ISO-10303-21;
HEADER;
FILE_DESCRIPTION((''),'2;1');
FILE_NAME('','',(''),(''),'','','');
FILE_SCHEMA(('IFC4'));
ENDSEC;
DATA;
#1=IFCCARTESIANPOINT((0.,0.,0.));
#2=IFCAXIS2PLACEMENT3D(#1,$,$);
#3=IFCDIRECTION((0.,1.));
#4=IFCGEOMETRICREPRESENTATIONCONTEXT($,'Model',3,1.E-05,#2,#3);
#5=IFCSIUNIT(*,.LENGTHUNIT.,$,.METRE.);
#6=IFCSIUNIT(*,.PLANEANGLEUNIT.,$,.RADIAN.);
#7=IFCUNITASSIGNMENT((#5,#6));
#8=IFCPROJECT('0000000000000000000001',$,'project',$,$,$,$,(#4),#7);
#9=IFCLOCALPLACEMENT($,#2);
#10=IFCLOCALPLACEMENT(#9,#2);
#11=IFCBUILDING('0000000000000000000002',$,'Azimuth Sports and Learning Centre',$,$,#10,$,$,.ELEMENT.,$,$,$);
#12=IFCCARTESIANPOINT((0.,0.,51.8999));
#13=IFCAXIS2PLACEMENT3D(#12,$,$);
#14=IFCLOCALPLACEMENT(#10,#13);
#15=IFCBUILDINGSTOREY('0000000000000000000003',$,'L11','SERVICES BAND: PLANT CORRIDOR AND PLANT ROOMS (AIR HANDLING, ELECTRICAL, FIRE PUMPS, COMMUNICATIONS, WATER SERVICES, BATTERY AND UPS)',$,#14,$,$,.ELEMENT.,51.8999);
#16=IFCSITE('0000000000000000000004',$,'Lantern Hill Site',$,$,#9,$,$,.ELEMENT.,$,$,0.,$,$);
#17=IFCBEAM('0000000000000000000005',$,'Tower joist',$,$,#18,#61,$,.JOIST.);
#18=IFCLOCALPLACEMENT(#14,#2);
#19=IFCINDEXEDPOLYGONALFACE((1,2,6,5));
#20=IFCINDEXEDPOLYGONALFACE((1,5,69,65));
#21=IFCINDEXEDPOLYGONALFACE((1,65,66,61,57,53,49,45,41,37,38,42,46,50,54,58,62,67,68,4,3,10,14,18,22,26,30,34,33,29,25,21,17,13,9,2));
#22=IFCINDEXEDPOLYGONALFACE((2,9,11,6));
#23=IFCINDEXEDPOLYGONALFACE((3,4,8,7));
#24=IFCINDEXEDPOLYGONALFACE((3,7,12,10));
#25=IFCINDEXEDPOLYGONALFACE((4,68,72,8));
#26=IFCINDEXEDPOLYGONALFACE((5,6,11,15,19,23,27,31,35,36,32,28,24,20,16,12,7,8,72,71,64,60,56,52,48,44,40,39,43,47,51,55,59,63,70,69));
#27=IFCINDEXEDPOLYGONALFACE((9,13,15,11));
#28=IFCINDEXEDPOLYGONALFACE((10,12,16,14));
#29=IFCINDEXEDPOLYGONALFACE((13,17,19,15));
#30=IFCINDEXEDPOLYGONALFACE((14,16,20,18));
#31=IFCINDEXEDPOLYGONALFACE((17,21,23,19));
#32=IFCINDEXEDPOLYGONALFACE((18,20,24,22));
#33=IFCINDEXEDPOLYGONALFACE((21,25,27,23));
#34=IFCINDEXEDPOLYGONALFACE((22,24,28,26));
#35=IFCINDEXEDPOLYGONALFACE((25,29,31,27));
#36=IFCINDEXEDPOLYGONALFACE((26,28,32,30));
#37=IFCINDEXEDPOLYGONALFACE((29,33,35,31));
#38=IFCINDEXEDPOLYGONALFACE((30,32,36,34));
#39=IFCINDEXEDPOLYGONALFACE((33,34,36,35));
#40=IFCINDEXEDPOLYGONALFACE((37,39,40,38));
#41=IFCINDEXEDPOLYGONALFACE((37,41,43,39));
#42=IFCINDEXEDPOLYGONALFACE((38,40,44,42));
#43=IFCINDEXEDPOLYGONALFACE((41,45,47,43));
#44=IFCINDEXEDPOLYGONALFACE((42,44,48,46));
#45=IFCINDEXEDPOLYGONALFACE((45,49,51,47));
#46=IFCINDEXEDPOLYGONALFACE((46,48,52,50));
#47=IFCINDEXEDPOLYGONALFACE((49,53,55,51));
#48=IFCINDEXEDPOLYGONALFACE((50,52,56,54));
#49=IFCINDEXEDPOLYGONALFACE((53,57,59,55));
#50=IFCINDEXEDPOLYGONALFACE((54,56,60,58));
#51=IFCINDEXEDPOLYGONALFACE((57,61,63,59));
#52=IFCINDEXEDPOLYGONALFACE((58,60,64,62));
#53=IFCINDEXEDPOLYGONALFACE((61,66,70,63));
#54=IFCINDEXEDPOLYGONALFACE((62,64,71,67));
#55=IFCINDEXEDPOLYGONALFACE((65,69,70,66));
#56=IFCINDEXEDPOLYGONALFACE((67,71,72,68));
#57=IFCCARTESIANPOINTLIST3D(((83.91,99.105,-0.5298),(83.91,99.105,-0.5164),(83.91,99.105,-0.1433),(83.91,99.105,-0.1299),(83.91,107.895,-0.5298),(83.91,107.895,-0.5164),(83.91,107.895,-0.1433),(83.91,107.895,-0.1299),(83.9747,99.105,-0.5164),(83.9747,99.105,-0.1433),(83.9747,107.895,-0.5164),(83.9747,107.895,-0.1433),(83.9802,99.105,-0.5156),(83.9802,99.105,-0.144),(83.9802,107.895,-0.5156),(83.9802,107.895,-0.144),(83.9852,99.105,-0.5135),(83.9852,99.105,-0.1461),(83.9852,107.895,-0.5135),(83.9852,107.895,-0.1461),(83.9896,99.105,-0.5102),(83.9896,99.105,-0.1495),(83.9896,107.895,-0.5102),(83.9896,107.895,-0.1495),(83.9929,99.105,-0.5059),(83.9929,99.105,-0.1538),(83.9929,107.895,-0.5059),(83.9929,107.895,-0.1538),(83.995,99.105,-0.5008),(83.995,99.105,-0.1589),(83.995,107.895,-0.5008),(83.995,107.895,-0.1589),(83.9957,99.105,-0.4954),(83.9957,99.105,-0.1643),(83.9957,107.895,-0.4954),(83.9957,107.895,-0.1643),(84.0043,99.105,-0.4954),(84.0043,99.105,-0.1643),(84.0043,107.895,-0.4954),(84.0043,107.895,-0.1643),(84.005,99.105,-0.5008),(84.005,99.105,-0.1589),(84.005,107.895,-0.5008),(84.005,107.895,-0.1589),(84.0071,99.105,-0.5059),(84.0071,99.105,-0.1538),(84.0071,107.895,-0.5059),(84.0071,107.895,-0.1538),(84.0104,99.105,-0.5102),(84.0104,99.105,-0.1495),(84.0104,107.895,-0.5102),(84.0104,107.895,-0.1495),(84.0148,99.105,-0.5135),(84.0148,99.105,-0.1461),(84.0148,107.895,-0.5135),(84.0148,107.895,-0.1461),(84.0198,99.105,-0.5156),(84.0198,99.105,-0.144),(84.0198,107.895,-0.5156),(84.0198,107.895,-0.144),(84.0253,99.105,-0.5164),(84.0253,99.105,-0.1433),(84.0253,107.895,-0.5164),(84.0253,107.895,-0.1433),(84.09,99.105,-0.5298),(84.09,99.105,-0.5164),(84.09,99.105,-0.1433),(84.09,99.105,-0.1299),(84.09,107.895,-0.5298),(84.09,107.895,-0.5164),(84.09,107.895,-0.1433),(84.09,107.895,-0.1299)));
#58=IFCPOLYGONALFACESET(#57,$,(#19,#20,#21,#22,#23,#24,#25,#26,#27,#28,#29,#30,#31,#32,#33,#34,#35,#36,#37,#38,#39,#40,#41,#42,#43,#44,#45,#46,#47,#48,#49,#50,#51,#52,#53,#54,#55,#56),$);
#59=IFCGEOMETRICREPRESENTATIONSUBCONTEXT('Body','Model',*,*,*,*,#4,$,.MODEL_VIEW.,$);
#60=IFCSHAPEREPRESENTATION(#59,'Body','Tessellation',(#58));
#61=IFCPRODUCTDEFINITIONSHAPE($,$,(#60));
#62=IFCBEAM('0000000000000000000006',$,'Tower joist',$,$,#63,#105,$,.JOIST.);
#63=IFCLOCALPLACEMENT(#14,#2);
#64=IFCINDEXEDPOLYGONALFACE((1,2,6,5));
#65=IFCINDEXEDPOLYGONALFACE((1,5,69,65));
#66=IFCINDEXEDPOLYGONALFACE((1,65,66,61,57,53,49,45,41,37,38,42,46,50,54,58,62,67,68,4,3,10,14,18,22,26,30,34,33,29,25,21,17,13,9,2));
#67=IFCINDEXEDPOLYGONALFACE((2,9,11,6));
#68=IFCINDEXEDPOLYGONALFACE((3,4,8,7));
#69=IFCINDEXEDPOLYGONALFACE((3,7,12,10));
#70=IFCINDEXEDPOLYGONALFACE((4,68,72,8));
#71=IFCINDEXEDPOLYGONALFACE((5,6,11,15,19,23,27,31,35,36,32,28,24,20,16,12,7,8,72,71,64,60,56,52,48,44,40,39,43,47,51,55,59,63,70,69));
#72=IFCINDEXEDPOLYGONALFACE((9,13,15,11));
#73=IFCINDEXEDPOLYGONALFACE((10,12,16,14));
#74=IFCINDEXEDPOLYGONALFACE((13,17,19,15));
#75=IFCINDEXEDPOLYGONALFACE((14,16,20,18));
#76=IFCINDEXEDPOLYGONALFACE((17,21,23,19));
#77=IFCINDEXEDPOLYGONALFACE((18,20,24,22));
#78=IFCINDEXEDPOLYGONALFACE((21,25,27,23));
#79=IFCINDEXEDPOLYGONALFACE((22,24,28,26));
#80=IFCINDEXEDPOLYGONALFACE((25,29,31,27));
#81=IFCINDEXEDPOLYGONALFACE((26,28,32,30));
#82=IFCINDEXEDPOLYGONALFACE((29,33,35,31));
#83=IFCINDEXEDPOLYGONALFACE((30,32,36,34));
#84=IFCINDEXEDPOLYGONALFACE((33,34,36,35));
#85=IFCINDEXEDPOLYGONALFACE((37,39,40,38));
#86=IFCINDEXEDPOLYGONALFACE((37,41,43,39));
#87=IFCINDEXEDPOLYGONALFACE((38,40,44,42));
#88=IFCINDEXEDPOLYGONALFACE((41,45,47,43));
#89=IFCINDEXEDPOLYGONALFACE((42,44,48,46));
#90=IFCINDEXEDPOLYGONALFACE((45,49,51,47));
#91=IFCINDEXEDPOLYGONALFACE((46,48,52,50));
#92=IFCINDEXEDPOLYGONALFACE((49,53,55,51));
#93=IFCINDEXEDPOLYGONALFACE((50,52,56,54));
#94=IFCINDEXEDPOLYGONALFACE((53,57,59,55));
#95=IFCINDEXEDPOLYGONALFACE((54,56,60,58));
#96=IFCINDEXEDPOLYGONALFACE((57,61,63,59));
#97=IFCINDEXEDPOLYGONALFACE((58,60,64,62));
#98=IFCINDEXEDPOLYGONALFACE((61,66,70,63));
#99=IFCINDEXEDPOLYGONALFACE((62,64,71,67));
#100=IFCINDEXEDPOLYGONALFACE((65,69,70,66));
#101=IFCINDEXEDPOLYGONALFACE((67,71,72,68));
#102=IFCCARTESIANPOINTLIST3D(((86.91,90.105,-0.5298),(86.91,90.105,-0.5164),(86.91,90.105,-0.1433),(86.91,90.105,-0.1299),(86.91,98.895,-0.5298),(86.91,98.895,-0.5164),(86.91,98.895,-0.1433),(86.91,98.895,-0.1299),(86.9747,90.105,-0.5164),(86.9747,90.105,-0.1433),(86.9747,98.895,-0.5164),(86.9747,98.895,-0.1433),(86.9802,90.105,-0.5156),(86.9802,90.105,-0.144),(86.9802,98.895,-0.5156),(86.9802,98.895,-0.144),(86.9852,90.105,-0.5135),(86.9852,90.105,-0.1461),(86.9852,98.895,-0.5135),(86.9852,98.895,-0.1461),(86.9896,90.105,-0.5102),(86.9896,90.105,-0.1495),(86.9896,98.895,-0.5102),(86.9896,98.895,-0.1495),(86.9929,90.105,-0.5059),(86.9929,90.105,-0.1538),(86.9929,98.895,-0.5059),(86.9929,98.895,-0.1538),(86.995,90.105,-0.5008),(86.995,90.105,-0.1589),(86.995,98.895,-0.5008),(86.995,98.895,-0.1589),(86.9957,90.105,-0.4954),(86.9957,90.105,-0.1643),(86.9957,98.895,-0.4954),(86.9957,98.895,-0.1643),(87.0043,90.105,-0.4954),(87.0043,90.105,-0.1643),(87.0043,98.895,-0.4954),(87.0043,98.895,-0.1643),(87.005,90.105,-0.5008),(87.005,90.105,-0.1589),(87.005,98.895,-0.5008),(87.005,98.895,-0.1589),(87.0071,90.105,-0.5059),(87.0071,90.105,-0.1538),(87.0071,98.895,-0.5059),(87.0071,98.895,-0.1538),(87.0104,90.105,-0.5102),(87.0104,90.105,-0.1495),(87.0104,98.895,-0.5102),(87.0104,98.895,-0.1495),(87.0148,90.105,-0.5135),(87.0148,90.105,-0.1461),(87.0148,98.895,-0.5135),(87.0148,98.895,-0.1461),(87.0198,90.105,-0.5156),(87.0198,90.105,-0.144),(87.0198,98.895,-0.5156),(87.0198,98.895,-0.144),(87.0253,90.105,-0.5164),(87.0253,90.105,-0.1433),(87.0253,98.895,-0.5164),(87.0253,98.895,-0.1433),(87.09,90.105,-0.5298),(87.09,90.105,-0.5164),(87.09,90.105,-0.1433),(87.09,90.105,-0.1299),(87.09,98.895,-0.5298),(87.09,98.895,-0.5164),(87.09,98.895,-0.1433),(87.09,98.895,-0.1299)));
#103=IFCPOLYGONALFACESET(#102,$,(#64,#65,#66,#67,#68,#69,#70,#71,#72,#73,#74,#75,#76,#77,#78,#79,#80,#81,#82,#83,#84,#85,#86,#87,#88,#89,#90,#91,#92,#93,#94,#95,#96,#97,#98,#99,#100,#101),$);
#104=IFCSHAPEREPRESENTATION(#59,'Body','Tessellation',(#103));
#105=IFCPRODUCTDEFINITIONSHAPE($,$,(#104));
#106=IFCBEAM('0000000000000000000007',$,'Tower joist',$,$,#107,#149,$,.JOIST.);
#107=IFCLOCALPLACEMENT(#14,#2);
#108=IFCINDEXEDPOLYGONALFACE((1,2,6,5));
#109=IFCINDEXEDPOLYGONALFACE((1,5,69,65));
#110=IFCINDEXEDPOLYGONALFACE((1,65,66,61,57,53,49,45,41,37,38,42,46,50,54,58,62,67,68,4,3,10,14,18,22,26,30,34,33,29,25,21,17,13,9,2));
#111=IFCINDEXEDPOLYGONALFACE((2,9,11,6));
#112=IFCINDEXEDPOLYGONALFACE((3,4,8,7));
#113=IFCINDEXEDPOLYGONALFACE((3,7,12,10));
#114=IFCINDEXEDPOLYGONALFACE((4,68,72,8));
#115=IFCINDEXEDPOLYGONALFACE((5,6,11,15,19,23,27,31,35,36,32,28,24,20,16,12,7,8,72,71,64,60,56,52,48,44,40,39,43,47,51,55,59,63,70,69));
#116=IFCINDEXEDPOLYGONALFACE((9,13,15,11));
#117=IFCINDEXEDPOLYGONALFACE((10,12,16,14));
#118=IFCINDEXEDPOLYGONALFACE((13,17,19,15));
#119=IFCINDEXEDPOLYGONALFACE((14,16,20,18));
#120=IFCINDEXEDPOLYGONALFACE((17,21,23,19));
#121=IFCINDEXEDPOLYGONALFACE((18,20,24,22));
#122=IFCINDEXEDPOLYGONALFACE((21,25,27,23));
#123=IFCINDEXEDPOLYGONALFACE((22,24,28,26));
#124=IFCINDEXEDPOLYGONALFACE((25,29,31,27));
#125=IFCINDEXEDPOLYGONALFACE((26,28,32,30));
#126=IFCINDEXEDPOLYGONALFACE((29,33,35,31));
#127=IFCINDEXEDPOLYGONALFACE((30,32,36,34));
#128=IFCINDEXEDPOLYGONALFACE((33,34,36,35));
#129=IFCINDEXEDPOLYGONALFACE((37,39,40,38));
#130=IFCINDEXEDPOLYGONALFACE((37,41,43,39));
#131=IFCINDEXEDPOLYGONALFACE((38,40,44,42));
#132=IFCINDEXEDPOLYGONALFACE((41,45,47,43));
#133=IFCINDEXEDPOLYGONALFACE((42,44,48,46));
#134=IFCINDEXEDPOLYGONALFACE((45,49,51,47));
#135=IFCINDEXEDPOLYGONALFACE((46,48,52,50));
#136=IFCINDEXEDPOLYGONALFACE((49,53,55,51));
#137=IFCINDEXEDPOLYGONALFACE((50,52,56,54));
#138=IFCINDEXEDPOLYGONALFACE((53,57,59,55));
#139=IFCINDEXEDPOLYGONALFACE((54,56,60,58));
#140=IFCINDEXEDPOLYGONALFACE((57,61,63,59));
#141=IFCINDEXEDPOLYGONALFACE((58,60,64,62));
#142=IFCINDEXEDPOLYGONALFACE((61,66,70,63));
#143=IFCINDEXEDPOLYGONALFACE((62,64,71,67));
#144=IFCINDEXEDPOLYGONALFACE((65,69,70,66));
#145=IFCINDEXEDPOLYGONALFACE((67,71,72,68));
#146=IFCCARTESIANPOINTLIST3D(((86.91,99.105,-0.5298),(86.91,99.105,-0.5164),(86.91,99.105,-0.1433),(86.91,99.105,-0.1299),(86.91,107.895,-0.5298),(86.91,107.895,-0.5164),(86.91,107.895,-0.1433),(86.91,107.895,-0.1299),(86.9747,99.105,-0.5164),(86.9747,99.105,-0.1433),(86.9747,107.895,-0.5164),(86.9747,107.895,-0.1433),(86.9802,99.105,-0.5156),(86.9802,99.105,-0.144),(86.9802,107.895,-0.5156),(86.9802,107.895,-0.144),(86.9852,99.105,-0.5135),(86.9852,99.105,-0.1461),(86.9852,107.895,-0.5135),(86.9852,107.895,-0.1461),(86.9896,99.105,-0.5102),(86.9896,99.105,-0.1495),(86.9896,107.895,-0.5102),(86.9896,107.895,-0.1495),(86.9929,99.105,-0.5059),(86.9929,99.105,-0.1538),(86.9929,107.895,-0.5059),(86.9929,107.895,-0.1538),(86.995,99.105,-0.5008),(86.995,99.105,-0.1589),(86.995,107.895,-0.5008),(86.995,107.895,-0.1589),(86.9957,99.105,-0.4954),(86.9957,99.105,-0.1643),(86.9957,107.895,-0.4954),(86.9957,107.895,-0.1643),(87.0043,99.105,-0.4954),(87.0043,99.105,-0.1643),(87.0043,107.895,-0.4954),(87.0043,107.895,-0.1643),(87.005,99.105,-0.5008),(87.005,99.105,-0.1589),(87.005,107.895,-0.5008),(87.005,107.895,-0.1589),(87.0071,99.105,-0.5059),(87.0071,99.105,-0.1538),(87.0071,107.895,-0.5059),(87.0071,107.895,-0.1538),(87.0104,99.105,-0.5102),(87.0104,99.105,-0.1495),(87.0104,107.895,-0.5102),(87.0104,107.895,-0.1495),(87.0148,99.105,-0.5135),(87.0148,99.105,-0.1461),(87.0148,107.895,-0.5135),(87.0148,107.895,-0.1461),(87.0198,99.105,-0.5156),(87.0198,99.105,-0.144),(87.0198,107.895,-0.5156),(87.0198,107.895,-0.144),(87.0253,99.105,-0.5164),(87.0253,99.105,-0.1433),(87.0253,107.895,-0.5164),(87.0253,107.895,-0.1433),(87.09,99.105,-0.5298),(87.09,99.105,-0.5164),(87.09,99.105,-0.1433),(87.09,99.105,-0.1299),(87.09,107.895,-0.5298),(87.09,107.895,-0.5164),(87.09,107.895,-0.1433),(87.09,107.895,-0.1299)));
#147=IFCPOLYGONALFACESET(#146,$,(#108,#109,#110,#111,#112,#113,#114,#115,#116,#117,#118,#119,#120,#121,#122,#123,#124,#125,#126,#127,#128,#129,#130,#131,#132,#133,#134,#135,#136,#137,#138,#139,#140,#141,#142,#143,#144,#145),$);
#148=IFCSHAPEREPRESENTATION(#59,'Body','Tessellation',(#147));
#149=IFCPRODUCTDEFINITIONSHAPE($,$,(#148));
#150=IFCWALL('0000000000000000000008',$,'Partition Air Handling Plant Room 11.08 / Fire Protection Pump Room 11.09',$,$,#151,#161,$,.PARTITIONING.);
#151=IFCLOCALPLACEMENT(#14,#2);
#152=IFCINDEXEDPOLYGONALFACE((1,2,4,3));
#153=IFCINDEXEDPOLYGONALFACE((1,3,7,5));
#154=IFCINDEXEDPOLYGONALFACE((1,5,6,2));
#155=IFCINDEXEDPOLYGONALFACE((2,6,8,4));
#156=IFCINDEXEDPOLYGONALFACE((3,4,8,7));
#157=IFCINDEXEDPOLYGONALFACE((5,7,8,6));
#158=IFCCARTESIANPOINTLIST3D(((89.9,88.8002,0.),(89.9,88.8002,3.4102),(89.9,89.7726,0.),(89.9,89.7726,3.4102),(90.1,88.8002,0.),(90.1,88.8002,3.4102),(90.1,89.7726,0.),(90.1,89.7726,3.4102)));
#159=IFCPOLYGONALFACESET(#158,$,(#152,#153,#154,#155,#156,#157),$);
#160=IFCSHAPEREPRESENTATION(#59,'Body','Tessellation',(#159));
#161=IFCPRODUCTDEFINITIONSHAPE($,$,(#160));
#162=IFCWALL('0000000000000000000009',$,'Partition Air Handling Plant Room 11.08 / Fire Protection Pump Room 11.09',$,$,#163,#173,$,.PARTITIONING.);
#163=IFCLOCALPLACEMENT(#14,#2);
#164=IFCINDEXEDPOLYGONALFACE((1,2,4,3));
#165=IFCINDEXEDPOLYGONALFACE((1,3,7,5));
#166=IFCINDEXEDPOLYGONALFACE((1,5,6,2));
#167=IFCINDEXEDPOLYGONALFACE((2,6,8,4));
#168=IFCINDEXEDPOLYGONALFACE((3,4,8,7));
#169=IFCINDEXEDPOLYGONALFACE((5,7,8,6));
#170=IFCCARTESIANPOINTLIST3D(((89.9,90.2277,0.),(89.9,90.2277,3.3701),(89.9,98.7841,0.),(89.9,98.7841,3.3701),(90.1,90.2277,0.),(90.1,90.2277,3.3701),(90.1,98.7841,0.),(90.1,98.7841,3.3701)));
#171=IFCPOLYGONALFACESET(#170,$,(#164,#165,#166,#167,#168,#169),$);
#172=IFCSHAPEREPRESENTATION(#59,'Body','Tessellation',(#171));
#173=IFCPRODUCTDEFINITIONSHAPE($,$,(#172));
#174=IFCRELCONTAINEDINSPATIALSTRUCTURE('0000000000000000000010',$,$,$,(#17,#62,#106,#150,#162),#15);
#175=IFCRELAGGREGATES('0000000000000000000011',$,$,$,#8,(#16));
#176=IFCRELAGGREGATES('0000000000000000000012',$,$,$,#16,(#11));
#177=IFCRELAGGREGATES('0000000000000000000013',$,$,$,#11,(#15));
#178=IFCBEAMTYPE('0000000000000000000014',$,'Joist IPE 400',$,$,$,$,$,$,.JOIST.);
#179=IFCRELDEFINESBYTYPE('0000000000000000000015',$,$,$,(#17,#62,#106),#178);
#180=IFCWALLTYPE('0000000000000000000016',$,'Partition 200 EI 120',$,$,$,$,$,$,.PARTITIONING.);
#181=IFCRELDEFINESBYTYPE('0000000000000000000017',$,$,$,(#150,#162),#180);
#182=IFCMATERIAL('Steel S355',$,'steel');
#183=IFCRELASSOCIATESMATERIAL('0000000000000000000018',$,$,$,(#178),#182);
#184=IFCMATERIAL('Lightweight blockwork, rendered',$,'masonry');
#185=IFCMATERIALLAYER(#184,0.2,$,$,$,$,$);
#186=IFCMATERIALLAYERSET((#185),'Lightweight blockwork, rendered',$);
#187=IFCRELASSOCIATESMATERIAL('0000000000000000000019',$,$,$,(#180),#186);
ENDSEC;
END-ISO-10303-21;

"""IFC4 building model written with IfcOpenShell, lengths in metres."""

from ifc_helpers import new_model, si_unit, direction, frame, frame_2d, origin, origin_2d, place, context, subcontext, project, spatial, rectangle, i_section, extrude, material, layer, layer_set, material_profile, profile_set, type_object, element, save


model = new_model("IFC4")

# Units and contexts
model_context = context("Model", 3, precision=1e-05, world=origin(), true_north=direction((0.0, 1.0)))
body_context = subcontext(model_context, "Body", "Model", "MODEL_VIEW")
ifc_project = project(units=[si_unit("LENGTHUNIT", "METRE"), si_unit("PLANEANGLEUNIT", "RADIAN")], contexts=[model_context])

# Site, building, storey
site_placement = place(None, origin())
site = spatial("IfcSite", under=ifc_project, at=site_placement, Name="Lantern Hill Site", CompositionType="ELEMENT", RefElevation=0.0)
building_placement = place(site_placement, origin())
building = spatial("IfcBuilding", under=site, at=building_placement, Name="Azimuth Sports and Learning Centre", CompositionType="ELEMENT")
storey_placement = place(building_placement, frame((0.0, 0.0, 51.8999)))
storey = spatial("IfcBuildingStorey", under=building, at=storey_placement, Name="L11", Description="SERVICES BAND: PLANT CORRIDOR AND PLANT ROOMS (AIR HANDLING, ELECTRICAL, FIRE PUMPS, COMMUNICATIONS, WATER SERVICES, BATTERY AND UPS)", CompositionType="ELEMENT", Elevation=51.8999)

# Beams
ifc_material_1 = material(Name="Steel S355", Category="steel")
ifc_material_profile_1 = material_profile(ifc_material_1, i_section(OverallWidth=0.1799, OverallDepth=0.3999, WebThickness=0.0085, FlangeThickness=0.0134, FilletRadius=0.021, at=origin_2d()), Name="IPE 400")
ifc_profile_set_1 = profile_set([ifc_material_profile_1], Name="Steel S355")
beam_type_1 = type_object("IfcBeamType", Name="Joist IPE 400", PredefinedType="JOIST", material=ifc_profile_set_1)
for number, where, z_axis, x_axis, name in (
    (1, (84.0, 99.105, -0.3298), (0.0, 1.0, 0.0), (-1.0, 0.0, 0.0), "Tower joist"),
    (2, (87.0, 90.105, -0.3298), (0.0, 1.0, 0.0), (-1.0, 0.0, 0.0), "Tower joist"),
    (3, (87.0, 99.105, -0.3298), (0.0, 1.0, 0.0), (-1.0, 0.0, 0.0), "Tower joist"),
):
    element("IfcBeam", number, at=place(storey_placement, frame(where, z_axis=z_axis, x_axis=x_axis)), inside=storey, type_object=beam_type_1, Name=name, PredefinedType="JOIST", context=body_context, shape_type="SweptSolid", body=[
        extrude(i_section(OverallWidth=0.1799, OverallDepth=0.3999, WebThickness=0.0085, FlangeThickness=0.0134, FilletRadius=0.021, at=origin_2d()), origin(), (0.0, 0.0, 1.0), 8.79),
    ])

# Walls
ifc_material_2 = material(Name="Lightweight blockwork, rendered", Category="masonry")
ifc_layer_1 = layer(ifc_material_2, 0.2)
ifc_layer_set_1 = layer_set([ifc_layer_1], Name="Lightweight blockwork, rendered")
wall_type_1 = type_object("IfcWallType", Name="Partition 200 EI 120", PredefinedType="PARTITIONING", material=ifc_layer_set_1)
wall_1_placement = place(storey_placement, frame((90.0, 88.8, 0.0), z_axis=(0.0, 0.0, 1.0), x_axis=(0.0, 1.0, 0.0)))
element("IfcWall", 4, at=wall_1_placement, inside=storey, type_object=wall_type_1, Name="Partition Air Handling Plant Room 11.08 / Fire Protection Pump Room 11.09", PredefinedType="PARTITIONING", context=body_context, shape_type="SweptSolid", body=[
    extrude(rectangle(XDim=0.9724, YDim=0.2, at=frame_2d((0.4863, 0.0))), origin(), (0.0, 0.0, 1.0), 3.4102),
])
wall_2_placement = place(storey_placement, frame((90.0, 90.2275, 0.0), z_axis=(0.0, 0.0, 1.0), x_axis=(0.0, 1.0, 0.0)))
element("IfcWall", 5, at=wall_2_placement, inside=storey, type_object=wall_type_1, Name="Partition Air Handling Plant Room 11.08 / Fire Protection Pump Room 11.09", PredefinedType="PARTITIONING", context=body_context, shape_type="SweptSolid", body=[
    extrude(rectangle(XDim=8.5564, YDim=0.2, at=frame_2d((4.2783, 0.0))), origin(), (0.0, 0.0, 1.0), 3.3701),
])

save(model, "model.ifc")
